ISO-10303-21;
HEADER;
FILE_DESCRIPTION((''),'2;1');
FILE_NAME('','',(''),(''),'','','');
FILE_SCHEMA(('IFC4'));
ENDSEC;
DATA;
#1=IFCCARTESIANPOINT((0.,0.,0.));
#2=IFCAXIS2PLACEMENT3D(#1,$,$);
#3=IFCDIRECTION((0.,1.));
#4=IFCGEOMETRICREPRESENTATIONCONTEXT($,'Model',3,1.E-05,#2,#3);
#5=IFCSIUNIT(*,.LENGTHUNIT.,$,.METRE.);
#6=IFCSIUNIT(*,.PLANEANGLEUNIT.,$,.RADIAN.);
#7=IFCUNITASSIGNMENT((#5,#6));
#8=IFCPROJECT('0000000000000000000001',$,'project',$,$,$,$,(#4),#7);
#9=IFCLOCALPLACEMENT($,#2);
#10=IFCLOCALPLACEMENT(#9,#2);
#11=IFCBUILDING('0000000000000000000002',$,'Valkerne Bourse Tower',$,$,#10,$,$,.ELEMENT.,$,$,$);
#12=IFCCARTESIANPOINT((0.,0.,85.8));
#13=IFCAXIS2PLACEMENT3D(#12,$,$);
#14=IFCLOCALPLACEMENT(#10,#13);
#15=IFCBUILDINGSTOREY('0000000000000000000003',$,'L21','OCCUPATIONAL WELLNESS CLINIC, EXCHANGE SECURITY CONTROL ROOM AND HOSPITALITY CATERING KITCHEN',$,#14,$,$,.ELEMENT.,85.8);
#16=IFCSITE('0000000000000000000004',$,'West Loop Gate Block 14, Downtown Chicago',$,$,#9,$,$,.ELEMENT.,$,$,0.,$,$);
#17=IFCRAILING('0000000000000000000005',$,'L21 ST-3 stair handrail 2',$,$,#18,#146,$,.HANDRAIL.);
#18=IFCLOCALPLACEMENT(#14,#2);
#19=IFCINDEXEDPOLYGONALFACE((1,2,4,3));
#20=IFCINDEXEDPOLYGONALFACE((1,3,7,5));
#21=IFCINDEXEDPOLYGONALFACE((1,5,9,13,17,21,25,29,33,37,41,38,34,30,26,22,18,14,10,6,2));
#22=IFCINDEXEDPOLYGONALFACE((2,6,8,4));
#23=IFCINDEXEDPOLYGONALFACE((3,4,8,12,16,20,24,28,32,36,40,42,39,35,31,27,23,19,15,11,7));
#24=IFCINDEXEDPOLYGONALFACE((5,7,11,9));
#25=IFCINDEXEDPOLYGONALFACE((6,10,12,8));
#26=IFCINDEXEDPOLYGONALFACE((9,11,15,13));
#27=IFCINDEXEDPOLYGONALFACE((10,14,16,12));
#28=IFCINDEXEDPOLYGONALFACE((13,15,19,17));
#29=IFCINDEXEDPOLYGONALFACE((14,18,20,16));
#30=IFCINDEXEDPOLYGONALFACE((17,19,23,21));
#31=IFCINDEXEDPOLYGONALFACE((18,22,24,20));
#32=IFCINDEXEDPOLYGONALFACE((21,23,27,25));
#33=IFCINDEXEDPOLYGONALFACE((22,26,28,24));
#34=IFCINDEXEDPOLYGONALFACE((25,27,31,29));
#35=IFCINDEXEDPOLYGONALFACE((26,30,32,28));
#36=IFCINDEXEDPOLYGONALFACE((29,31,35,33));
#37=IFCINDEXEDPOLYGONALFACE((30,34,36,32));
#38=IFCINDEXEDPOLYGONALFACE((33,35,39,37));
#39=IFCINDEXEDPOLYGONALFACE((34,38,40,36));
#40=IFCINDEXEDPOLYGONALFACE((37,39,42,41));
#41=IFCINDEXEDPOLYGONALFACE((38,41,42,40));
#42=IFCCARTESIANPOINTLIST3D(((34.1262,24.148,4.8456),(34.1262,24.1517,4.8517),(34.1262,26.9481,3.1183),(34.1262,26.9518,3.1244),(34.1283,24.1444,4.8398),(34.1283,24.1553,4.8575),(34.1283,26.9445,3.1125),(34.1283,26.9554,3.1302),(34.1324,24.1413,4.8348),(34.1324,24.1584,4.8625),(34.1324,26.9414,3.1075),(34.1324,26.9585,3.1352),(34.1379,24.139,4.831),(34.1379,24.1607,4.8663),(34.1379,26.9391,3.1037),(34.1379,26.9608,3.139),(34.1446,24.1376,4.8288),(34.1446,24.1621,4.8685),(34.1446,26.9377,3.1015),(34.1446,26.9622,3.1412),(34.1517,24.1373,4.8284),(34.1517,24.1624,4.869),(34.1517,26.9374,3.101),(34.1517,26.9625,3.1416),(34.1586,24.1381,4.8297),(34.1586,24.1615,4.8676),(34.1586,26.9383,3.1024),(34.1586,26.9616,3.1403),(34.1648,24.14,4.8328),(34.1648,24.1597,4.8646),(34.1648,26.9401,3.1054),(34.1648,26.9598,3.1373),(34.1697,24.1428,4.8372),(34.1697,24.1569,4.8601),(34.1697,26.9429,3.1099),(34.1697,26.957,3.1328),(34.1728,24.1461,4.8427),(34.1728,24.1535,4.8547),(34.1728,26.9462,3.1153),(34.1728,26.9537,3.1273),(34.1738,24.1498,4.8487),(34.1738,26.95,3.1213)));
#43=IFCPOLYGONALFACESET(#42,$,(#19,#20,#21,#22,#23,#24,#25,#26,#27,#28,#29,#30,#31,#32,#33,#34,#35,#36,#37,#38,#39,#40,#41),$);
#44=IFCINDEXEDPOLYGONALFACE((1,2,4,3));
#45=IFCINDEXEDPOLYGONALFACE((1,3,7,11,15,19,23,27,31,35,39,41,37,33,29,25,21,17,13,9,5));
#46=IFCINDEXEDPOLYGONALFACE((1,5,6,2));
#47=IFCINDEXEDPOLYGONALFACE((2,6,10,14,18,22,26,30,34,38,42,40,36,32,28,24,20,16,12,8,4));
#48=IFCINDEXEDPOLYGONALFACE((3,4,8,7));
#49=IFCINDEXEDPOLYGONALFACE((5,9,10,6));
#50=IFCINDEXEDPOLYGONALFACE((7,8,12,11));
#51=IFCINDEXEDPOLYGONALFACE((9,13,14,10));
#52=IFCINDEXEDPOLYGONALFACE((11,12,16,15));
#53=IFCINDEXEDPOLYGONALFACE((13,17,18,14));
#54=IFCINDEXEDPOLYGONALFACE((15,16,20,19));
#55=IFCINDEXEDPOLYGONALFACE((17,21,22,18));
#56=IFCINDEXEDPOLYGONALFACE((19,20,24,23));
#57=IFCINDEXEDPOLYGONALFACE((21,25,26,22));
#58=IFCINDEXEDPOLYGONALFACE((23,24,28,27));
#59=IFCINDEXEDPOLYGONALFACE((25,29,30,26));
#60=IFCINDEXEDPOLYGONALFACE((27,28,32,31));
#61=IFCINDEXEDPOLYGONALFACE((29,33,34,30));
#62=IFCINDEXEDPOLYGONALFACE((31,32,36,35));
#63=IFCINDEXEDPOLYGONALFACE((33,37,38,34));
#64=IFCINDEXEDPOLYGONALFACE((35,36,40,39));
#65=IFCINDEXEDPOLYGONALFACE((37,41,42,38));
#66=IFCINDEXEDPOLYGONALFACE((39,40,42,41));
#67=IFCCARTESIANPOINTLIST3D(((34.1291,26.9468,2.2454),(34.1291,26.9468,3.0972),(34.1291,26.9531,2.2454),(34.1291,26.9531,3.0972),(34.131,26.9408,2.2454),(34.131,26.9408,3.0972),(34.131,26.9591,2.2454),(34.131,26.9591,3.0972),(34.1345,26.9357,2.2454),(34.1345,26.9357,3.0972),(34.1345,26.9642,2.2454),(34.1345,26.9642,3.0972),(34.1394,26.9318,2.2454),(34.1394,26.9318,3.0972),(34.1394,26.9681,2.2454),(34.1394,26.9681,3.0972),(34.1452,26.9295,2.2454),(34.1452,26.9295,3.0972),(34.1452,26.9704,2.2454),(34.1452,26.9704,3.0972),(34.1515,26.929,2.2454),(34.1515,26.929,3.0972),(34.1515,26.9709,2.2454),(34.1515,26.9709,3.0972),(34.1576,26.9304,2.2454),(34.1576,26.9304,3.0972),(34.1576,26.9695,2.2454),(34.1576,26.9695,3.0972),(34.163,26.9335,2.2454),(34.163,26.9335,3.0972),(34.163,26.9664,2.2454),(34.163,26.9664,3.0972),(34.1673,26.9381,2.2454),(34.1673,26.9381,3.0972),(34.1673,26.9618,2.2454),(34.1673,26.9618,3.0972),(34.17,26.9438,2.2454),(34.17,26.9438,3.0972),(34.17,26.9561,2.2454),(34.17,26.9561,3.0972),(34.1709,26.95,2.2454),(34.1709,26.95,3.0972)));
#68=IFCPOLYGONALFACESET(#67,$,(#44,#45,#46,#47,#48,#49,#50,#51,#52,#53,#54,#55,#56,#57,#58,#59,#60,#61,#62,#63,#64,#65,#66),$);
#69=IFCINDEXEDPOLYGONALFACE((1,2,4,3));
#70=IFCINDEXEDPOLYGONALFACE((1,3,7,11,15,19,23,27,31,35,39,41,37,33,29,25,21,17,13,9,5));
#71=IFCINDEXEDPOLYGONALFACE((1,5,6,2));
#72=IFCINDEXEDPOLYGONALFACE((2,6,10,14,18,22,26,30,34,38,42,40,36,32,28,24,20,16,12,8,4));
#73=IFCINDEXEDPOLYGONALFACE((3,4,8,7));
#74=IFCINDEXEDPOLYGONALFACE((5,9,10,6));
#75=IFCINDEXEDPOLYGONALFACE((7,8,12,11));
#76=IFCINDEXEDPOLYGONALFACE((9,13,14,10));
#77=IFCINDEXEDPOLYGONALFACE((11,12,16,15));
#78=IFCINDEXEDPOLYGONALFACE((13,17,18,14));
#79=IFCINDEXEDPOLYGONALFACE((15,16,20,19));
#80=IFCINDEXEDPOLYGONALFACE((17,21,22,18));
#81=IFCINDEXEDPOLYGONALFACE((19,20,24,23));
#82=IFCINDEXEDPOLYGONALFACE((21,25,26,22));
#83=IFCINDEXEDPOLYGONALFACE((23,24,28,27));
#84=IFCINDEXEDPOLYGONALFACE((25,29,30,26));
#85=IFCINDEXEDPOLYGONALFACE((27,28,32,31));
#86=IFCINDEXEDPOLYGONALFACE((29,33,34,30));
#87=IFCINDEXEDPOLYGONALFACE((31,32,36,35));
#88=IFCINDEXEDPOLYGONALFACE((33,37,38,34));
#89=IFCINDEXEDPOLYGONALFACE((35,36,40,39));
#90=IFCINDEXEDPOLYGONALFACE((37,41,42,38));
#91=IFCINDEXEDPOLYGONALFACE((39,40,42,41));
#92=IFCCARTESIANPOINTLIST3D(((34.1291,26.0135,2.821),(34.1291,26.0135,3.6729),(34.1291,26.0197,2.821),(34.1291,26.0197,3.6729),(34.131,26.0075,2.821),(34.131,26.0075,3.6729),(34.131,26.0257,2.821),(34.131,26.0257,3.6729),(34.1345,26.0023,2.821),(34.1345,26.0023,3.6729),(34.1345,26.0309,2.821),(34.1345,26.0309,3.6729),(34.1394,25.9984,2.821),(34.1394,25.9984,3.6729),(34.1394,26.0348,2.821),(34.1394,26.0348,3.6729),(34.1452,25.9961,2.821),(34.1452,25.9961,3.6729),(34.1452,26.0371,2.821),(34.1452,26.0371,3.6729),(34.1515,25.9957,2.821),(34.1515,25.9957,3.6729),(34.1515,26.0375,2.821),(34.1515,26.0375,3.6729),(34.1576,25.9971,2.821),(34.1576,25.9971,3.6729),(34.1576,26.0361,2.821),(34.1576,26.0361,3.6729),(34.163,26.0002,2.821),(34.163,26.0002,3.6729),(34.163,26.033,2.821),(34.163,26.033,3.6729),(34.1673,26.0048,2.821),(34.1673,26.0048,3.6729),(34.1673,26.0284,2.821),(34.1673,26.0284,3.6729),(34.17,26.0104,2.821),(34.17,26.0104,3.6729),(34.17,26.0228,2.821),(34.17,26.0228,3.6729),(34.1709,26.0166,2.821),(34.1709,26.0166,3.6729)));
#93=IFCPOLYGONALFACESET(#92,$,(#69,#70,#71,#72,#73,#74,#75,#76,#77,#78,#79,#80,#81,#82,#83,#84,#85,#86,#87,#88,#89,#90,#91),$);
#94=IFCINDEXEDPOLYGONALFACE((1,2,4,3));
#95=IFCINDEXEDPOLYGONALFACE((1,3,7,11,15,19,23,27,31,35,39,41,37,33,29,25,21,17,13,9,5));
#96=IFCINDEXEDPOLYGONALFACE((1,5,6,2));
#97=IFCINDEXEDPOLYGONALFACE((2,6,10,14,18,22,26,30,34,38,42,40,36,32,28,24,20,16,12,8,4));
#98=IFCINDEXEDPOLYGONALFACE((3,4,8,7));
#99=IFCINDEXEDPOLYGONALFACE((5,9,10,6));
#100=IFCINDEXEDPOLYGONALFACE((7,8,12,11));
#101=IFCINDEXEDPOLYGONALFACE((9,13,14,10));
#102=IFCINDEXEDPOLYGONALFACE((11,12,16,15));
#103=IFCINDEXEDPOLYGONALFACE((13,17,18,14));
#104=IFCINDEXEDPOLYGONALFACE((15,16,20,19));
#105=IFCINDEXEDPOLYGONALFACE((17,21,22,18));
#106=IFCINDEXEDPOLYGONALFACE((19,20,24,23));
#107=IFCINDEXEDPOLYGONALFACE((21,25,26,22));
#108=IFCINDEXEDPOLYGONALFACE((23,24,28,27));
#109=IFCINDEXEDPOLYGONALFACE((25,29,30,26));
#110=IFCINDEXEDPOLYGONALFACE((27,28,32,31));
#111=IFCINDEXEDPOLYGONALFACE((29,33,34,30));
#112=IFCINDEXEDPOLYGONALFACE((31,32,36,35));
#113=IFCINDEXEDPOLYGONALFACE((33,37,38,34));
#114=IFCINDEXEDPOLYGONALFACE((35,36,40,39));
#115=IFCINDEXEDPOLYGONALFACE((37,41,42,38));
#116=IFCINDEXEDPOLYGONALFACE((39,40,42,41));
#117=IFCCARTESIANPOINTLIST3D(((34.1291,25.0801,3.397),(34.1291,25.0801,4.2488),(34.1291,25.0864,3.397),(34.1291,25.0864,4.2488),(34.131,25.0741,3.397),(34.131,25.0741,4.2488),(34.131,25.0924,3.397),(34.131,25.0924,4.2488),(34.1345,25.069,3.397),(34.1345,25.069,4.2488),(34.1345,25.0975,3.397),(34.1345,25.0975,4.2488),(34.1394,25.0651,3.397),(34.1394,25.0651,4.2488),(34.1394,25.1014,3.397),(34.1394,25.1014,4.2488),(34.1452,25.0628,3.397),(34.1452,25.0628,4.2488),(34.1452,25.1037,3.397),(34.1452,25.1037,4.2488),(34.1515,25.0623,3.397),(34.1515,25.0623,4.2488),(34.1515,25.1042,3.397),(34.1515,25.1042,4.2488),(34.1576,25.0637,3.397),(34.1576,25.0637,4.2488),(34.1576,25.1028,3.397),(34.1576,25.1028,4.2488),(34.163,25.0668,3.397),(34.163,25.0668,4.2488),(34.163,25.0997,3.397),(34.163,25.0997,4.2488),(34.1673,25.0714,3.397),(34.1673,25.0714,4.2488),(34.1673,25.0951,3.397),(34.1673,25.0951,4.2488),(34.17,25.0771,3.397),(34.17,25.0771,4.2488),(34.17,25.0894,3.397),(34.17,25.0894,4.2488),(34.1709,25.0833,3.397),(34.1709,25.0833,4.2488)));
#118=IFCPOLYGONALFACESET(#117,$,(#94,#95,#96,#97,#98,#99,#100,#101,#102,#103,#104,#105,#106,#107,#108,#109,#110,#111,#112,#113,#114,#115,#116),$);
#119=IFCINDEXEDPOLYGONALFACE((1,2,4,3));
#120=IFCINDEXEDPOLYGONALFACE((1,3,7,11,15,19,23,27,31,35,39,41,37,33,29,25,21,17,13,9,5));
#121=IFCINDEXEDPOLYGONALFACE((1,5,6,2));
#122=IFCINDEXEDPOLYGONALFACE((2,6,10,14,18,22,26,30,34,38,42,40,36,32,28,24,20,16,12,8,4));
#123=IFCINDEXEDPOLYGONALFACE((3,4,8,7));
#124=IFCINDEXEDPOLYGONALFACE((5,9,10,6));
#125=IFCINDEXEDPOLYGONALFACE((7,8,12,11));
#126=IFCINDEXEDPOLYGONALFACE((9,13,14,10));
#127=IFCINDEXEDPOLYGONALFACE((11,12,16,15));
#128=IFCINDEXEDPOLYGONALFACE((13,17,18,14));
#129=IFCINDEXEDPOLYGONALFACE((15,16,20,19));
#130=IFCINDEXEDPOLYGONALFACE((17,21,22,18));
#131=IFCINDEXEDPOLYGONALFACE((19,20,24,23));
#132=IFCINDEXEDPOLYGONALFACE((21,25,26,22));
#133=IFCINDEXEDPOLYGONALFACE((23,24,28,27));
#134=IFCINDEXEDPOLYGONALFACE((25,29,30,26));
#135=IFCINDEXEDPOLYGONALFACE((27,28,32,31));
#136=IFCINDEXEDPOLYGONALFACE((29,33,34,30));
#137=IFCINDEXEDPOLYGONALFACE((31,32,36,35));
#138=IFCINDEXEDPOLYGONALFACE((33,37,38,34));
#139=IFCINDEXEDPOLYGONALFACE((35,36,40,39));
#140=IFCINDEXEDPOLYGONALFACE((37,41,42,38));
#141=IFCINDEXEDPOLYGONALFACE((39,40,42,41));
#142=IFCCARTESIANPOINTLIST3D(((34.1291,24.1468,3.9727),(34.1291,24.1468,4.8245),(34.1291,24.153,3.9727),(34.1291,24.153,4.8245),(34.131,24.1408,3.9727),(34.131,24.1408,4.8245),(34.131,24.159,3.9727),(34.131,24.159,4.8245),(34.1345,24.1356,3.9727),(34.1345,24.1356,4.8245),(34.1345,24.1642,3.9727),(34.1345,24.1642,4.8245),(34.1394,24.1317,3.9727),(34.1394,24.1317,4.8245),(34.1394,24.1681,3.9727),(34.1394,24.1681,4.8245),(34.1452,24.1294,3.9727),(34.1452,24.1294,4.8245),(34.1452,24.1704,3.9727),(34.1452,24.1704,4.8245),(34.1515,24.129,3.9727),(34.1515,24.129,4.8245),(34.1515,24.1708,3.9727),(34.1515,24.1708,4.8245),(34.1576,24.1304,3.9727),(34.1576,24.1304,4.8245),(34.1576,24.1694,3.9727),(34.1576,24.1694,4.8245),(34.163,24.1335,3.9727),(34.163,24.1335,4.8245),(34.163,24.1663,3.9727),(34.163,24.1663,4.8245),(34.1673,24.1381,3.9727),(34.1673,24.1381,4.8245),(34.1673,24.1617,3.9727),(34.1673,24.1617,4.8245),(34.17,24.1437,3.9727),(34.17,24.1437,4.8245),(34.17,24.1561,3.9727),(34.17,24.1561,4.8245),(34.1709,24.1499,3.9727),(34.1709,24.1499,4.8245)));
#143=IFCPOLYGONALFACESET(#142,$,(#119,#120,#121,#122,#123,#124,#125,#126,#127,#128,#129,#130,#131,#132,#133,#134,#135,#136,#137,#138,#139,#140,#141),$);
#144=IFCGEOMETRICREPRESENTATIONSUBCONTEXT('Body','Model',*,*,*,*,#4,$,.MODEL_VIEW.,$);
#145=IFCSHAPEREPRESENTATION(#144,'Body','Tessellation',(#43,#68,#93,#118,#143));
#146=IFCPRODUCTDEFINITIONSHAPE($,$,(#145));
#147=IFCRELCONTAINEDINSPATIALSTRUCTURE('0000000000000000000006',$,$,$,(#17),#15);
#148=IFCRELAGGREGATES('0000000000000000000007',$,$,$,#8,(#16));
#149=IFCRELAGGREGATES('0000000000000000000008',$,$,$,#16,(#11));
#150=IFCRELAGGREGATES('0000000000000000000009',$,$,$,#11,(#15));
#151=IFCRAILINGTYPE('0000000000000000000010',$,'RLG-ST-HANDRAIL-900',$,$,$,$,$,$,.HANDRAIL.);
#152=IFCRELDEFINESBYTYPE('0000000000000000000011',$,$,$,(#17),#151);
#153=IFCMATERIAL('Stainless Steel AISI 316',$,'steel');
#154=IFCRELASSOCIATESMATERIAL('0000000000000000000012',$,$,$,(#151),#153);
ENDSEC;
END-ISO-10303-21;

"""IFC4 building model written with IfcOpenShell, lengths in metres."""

from ifc_helpers import new_model, si_unit, direction, frame, origin, origin_2d, place, context, subcontext, project, spatial, circle, extrude, material, type_object, element, save


model = new_model("IFC4")

# Units and contexts
model_context = context("Model", 3, precision=1e-05, world=origin(), true_north=direction((0.0, 1.0)))
body_context = subcontext(model_context, "Body", "Model", "MODEL_VIEW")
ifc_project = project(units=[si_unit("LENGTHUNIT", "METRE"), si_unit("PLANEANGLEUNIT", "RADIAN")], contexts=[model_context])

# Site, building, storey
site_placement = place(None, origin())
site = spatial("IfcSite", under=ifc_project, at=site_placement, Name="West Loop Gate Block 14, Downtown Chicago", CompositionType="ELEMENT", RefElevation=0.0)
building_placement = place(site_placement, origin())
building = spatial("IfcBuilding", under=site, at=building_placement, Name="Valkerne Bourse Tower", CompositionType="ELEMENT")
storey_placement = place(building_placement, frame((0.0, 0.0, 85.8)))
storey = spatial("IfcBuildingStorey", under=building, at=storey_placement, Name="L21", Description="OCCUPATIONAL WELLNESS CLINIC, EXCHANGE SECURITY CONTROL ROOM AND HOSPITALITY CATERING KITCHEN", CompositionType="ELEMENT", Elevation=85.8)

# Railing
ifc_material_1 = material(Name="Stainless Steel AISI 316", Category="steel")
railing_type_1 = type_object("IfcRailingType", Name="RLG-ST-HANDRAIL-900", PredefinedType="HANDRAIL", material=ifc_material_1)
railing_1_placement = place(storey_placement, frame((34.1499, 26.95, 2.2454)))
element("IfcRailing", 1, at=railing_1_placement, inside=storey, type_object=railing_type_1, Name="L21 ST-3 stair handrail 2", PredefinedType="HANDRAIL", context=body_context, shape_type="SweptSolid", body=[
    extrude(circle(Radius=0.0239, at=origin_2d()), frame((0.0, 0.0, 0.876), z_axis=(0.0, -0.85109, 0.52502), x_axis=(1.0, 0.0, 0.0)), (0.0, 0.0, 1.0), 3.29),
    extrude(circle(Radius=0.021, at=origin_2d()), origin(), (0.0, 0.0, 1.0), 0.8518),
    extrude(circle(Radius=0.021, at=origin_2d()), frame((0.0, -0.9333, 0.5757)), (0.0, 0.0, 1.0), 0.8518),
    extrude(circle(Radius=0.021, at=origin_2d()), frame((0.0, -1.8667, 1.1516)), (0.0, 0.0, 1.0), 0.8518),
    extrude(circle(Radius=0.021, at=origin_2d()), frame((0.0, -2.8, 1.7273)), (0.0, 0.0, 1.0), 0.8518),
])

save(model, "model.ifc")
